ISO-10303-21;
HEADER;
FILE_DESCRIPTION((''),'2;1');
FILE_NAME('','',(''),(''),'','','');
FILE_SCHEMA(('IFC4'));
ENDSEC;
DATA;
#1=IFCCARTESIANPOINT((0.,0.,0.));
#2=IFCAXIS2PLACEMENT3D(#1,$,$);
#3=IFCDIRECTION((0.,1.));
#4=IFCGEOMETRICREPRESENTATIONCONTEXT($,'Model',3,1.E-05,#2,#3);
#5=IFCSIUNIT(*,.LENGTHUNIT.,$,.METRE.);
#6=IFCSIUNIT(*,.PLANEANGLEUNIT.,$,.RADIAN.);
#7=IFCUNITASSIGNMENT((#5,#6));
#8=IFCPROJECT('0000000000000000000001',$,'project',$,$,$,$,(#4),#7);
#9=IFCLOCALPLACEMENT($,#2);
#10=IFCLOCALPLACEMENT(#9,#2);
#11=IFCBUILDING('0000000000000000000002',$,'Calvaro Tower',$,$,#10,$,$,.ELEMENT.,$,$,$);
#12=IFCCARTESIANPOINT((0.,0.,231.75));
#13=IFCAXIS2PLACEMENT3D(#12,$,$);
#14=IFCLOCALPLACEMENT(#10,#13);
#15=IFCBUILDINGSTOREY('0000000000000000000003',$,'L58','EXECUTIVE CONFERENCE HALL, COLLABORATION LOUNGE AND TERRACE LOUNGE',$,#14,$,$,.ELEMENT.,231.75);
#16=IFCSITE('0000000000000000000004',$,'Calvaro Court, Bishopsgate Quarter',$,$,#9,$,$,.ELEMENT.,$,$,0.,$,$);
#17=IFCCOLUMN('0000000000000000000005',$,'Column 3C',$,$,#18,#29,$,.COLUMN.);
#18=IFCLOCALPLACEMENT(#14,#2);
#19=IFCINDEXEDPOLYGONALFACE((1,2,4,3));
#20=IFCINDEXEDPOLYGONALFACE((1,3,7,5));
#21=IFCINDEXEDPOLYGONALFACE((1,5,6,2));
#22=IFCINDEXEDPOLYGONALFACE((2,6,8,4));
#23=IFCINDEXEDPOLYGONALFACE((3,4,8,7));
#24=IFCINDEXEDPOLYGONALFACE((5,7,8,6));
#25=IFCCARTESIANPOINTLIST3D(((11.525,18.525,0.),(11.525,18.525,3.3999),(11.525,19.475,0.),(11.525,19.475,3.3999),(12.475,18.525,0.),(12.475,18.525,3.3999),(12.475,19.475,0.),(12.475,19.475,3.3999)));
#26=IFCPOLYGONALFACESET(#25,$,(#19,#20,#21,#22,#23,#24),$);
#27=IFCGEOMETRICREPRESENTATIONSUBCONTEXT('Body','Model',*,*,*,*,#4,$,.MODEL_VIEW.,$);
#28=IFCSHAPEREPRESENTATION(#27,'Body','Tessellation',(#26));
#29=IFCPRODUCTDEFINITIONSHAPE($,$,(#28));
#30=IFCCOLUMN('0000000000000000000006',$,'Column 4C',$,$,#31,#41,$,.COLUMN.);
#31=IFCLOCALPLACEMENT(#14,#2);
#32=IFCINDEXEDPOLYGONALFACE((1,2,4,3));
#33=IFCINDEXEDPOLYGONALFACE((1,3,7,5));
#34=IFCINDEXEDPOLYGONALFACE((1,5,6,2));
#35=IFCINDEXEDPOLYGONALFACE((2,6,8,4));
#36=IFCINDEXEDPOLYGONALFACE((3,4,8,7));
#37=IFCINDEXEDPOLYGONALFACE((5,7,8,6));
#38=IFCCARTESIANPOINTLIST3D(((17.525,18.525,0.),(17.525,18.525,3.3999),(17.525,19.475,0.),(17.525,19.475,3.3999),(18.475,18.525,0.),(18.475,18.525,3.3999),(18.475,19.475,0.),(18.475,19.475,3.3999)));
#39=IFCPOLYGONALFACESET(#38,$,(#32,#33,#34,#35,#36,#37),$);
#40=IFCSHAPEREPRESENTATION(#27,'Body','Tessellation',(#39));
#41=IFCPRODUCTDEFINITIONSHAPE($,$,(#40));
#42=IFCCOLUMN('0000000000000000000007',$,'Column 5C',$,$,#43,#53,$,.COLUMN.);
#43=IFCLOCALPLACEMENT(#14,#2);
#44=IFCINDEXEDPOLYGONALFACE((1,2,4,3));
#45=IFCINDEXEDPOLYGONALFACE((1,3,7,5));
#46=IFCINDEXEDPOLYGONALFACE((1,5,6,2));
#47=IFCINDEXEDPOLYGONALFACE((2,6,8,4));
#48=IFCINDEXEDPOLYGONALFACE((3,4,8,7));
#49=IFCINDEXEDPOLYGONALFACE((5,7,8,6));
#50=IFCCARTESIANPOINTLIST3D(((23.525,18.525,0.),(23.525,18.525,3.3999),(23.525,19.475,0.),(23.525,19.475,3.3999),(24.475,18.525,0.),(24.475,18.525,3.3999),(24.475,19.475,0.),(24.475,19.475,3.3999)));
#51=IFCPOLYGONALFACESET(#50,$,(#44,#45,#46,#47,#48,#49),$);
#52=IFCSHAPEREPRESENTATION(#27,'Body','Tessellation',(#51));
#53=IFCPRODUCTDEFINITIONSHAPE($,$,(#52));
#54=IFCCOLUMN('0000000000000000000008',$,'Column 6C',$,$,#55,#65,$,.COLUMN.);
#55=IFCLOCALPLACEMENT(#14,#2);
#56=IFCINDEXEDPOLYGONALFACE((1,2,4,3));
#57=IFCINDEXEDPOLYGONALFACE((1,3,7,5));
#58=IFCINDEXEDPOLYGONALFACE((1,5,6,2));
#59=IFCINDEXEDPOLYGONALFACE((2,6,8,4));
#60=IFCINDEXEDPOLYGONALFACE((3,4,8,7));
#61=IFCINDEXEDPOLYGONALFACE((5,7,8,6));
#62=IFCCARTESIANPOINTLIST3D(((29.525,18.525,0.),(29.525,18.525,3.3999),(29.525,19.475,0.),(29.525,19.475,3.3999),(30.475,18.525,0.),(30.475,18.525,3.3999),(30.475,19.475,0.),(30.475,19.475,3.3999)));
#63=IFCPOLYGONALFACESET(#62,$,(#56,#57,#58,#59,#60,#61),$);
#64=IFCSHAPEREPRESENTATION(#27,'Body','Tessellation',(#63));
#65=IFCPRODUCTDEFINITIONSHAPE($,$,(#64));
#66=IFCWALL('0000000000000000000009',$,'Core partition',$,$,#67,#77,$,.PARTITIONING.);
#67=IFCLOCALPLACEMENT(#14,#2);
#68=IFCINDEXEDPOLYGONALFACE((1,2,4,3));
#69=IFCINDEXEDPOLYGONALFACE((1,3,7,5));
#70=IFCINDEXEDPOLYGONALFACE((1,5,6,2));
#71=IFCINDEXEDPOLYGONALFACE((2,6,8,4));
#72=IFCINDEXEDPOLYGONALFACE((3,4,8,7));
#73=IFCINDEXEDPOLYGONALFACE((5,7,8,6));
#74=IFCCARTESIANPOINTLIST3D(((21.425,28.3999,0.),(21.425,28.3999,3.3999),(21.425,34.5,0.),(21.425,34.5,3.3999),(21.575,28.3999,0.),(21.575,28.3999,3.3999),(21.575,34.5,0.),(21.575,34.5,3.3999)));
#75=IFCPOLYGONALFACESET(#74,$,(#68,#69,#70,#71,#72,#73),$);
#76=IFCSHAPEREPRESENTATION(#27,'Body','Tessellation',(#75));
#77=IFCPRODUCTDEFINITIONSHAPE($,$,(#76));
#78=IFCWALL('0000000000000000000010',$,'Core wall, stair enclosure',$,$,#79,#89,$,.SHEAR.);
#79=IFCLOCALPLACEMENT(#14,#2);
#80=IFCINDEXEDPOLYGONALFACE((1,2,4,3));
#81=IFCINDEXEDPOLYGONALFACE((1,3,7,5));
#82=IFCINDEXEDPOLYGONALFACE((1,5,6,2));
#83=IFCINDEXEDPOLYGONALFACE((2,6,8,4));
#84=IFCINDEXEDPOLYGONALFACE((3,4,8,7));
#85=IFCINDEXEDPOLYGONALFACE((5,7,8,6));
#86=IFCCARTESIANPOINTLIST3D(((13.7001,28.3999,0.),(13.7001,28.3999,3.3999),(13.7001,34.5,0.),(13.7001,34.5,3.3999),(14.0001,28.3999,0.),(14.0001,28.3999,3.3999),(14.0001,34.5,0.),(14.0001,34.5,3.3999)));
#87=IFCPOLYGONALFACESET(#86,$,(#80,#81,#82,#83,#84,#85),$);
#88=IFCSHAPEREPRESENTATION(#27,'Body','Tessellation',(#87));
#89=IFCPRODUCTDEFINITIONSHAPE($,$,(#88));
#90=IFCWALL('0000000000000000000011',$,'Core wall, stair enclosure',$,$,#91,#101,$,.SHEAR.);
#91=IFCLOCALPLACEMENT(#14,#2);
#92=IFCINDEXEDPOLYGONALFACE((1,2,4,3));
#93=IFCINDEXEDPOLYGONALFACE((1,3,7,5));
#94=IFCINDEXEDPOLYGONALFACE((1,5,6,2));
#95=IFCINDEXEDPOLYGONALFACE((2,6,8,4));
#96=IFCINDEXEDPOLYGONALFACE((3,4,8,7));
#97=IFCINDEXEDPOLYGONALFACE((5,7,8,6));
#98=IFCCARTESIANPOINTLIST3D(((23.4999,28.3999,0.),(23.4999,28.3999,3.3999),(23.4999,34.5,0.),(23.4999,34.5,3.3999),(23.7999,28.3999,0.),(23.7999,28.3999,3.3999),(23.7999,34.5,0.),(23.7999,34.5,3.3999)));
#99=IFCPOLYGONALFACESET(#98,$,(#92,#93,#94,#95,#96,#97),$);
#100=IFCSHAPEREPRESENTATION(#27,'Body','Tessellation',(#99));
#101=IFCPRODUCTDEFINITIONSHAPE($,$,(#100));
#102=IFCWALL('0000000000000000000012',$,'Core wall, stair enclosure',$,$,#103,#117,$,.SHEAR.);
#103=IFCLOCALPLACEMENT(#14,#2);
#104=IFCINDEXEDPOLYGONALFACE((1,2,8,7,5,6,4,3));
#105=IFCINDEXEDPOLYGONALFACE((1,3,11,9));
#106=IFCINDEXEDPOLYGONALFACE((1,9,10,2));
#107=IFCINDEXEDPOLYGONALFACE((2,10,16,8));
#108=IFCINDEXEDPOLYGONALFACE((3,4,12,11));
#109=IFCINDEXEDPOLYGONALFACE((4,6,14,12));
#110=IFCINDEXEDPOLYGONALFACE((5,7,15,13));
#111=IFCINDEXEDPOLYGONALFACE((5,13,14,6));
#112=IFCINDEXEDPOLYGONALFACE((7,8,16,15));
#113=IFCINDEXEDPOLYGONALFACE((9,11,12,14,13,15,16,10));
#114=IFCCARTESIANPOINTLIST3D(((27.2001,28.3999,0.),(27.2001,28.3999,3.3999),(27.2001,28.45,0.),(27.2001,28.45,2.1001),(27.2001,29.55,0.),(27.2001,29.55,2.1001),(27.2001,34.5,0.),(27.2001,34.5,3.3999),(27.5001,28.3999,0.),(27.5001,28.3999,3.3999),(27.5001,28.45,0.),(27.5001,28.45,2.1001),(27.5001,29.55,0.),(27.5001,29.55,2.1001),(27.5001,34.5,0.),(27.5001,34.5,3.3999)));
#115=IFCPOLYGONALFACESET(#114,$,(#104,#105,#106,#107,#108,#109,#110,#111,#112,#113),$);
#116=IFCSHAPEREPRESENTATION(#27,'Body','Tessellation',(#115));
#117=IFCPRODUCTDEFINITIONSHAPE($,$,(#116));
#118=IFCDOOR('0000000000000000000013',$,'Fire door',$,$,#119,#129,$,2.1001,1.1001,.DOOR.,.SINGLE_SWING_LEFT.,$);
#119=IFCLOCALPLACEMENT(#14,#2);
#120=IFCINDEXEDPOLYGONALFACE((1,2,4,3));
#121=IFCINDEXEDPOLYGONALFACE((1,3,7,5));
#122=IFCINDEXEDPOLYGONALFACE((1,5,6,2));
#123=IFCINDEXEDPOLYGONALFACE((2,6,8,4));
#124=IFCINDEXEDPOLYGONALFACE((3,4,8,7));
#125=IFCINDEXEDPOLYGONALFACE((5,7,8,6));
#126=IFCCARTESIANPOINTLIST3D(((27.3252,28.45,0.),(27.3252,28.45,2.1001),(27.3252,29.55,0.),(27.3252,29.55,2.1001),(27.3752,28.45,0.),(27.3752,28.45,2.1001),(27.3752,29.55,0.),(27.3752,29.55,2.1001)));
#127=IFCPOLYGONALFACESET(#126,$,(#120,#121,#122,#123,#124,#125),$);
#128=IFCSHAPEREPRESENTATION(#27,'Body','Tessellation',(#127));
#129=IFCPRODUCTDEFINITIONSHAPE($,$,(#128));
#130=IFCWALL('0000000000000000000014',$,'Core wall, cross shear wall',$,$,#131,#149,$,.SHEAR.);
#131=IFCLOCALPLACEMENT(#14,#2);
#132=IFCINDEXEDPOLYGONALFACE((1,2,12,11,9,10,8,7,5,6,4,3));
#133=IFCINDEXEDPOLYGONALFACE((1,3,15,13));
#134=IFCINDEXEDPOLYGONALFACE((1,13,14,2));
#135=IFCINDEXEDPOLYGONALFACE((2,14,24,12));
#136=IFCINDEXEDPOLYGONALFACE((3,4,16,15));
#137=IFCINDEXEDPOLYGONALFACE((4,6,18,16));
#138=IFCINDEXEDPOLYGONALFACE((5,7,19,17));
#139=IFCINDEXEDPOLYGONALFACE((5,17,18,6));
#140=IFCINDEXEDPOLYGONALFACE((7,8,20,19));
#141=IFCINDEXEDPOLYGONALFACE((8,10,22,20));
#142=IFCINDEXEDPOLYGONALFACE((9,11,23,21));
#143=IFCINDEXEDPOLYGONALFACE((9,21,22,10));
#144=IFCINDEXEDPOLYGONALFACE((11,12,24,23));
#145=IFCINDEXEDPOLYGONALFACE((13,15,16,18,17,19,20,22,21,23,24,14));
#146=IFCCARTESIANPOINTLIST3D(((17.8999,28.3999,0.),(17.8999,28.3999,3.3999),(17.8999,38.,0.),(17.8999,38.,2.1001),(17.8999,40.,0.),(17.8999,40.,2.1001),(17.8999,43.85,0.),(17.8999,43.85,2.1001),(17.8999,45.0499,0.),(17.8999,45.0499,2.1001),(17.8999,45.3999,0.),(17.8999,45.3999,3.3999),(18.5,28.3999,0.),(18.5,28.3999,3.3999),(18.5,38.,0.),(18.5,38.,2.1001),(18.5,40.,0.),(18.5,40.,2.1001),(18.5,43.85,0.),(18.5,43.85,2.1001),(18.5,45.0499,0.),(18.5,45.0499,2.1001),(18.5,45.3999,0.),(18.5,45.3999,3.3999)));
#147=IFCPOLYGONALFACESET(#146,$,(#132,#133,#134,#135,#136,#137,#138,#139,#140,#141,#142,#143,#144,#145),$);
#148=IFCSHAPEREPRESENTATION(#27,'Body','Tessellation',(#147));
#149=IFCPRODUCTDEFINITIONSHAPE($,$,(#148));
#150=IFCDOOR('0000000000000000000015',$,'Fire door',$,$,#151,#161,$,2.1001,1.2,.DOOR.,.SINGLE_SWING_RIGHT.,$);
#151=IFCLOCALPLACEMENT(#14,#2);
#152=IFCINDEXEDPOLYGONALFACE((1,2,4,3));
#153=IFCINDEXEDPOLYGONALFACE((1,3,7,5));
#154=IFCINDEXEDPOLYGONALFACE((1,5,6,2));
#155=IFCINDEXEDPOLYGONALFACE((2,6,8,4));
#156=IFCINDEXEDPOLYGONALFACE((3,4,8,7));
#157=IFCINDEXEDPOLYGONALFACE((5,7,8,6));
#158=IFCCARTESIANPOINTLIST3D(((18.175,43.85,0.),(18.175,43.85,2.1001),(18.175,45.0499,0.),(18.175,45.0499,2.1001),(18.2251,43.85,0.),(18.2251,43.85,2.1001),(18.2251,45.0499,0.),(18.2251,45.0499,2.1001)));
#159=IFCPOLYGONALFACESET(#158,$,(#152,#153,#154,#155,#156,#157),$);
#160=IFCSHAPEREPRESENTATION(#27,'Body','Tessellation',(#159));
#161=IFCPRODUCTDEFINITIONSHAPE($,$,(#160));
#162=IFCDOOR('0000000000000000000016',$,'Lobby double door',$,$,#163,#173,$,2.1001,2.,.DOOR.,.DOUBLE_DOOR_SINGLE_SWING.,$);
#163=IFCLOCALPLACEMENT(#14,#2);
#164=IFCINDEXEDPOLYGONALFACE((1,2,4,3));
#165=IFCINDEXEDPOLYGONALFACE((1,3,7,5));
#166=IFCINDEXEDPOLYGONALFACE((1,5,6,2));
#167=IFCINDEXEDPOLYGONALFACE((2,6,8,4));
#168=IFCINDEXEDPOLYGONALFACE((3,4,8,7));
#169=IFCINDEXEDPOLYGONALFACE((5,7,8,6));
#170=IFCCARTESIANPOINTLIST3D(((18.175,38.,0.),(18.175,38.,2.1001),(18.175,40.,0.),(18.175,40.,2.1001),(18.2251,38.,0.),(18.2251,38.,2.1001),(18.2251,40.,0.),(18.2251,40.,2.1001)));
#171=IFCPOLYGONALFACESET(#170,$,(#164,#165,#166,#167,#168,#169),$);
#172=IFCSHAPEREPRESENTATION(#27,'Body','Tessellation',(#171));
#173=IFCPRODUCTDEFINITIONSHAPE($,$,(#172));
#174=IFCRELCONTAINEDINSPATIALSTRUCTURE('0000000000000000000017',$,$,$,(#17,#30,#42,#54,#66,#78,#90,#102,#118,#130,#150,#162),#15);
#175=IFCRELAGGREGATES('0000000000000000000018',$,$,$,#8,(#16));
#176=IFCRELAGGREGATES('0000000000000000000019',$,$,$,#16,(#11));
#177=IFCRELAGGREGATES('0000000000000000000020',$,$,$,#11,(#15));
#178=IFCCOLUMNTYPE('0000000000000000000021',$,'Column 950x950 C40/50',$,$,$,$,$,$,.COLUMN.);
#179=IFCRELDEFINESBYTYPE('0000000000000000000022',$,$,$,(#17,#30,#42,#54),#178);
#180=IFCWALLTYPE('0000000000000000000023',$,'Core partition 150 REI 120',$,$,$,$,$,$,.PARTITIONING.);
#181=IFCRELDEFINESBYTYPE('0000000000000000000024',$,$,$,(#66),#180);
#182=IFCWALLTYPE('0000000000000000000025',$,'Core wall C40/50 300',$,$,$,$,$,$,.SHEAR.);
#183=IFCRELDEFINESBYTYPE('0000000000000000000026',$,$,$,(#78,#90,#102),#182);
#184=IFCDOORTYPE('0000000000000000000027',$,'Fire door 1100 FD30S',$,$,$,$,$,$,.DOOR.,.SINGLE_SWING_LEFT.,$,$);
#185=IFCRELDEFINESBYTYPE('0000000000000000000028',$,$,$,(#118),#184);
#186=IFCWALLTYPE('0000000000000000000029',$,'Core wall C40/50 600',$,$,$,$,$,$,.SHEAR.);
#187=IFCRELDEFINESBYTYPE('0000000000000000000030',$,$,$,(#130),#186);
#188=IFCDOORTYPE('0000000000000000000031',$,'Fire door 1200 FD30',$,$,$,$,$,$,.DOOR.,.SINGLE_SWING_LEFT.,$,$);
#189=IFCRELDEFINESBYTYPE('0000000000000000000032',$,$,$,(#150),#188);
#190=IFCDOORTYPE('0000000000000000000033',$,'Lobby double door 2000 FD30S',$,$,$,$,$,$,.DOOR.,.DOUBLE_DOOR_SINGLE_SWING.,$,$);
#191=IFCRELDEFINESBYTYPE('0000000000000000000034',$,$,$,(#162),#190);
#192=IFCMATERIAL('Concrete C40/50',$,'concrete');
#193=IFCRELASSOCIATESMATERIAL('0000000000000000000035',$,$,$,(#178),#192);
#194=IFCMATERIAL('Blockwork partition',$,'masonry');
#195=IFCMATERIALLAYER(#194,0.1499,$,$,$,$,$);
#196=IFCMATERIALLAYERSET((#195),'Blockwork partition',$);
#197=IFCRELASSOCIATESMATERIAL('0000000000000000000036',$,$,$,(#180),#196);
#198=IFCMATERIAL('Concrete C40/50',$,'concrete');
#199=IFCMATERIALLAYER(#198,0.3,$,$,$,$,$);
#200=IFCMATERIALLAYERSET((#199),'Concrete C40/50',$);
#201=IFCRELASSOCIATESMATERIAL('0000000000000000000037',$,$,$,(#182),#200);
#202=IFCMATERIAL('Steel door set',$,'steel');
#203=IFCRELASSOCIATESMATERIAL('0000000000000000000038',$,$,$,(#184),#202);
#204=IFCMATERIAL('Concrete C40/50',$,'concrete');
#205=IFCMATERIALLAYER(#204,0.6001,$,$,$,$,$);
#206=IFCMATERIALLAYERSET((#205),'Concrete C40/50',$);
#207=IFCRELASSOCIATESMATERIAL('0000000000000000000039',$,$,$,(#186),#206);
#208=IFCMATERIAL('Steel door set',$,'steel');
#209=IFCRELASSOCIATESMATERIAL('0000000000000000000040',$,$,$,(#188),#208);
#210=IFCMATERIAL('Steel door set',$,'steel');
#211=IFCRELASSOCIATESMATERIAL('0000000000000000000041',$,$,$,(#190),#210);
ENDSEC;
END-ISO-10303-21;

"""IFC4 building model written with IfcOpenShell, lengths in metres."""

from ifc_helpers import new_model, si_unit, direction, frame, frame_2d, origin, origin_2d, place, context, subcontext, project, spatial, rectangle, extrude, material, layer, layer_set, material_profile, profile_set, type_object, element, fill, save


model = new_model("IFC4")

# Units and contexts
model_context = context("Model", 3, precision=1e-05, world=origin(), true_north=direction((0.0, 1.0)))
body_context = subcontext(model_context, "Body", "Model", "MODEL_VIEW")
ifc_project = project(units=[si_unit("LENGTHUNIT", "METRE"), si_unit("PLANEANGLEUNIT", "RADIAN")], contexts=[model_context])

# Site, building, storey
site_placement = place(None, origin())
site = spatial("IfcSite", under=ifc_project, at=site_placement, Name="Calvaro Court, Bishopsgate Quarter", CompositionType="ELEMENT", RefElevation=0.0)
building_placement = place(site_placement, origin())
building = spatial("IfcBuilding", under=site, at=building_placement, Name="Calvaro Tower", CompositionType="ELEMENT")
storey_placement = place(building_placement, frame((0.0, 0.0, 231.75)))
storey = spatial("IfcBuildingStorey", under=building, at=storey_placement, Name="L58", Description="EXECUTIVE CONFERENCE HALL, COLLABORATION LOUNGE AND TERRACE LOUNGE", CompositionType="ELEMENT", Elevation=231.75)

# Columns
ifc_material_1 = material(Name="Concrete C40/50", Category="concrete")
ifc_material_profile = material_profile(ifc_material_1, rectangle(XDim=0.95, YDim=0.95, at=origin_2d()), Name="RC 950x950")
ifc_profile_set = profile_set([ifc_material_profile], Name="Concrete C40/50")
column_type = type_object("IfcColumnType", Name="Column 950x950 C40/50", PredefinedType="COLUMN", material=ifc_profile_set)
for number, where, z_axis, x_axis, name in (
    (1, (12.0, 19.0, 0.0), (0.0, 0.0, 1.0), (1.0, 0.0, 0.0), "Column 3C"),
    (2, (18.0, 19.0, 0.0), (0.0, 0.0, 1.0), (1.0, 0.0, 0.0), "Column 4C"),
    (3, (24.0, 19.0, 0.0), (0.0, 0.0, 1.0), (1.0, 0.0, 0.0), "Column 5C"),
    (4, (30.0, 19.0, 0.0), (0.0, 0.0, 1.0), (1.0, 0.0, 0.0), "Column 6C"),
):
    element("IfcColumn", number, at=place(storey_placement, frame(where, z_axis=z_axis, x_axis=x_axis)), inside=storey, type_object=column_type, Name=name, PredefinedType="COLUMN", context=body_context, shape_type="SweptSolid", body=[
        extrude(rectangle(XDim=0.95, YDim=0.95, at=origin_2d()), origin(), (0.0, 0.0, 1.0), 3.3999),
    ])

# Walls
ifc_material_2 = material(Name="Blockwork partition", Category="masonry")
ifc_layer_1 = layer(ifc_material_2, 0.1499)
ifc_layer_set_1 = layer_set([ifc_layer_1], Name="Blockwork partition")
wall_type_1 = type_object("IfcWallType", Name="Core partition 150 REI 120", PredefinedType="PARTITIONING", material=ifc_layer_set_1)
wall_1_placement = place(storey_placement, frame((21.5, 28.3999, 0.0), z_axis=(0.0, 0.0, 1.0), x_axis=(0.0, 1.0, 0.0)))
element("IfcWall", 5, at=wall_1_placement, inside=storey, type_object=wall_type_1, Name="Core partition", PredefinedType="PARTITIONING", context=body_context, shape_type="SweptSolid", body=[
    extrude(rectangle(XDim=6.1001, YDim=0.1499, at=frame_2d((3.05, 0.0))), origin(), (0.0, 0.0, 1.0), 3.3999),
])
ifc_material_3 = material(Name="Concrete C40/50", Category="concrete")
ifc_layer_2 = layer(ifc_material_3, 0.3)
ifc_layer_set_2 = layer_set([ifc_layer_2], Name="Concrete C40/50")
wall_type_2 = type_object("IfcWallType", Name="Core wall C40/50 300", PredefinedType="SHEAR", material=ifc_layer_set_2)
for number, where, z_axis, x_axis, name in (
    (6, (13.8501, 28.3999, 0.0), (0.0, 0.0, 1.0), (0.0, 1.0, 0.0), "Core wall, stair enclosure"),
    (7, (23.6499, 28.3999, 0.0), (0.0, 0.0, 1.0), (0.0, 1.0, 0.0), "Core wall, stair enclosure"),
):
    element("IfcWall", number, at=place(storey_placement, frame(where, z_axis=z_axis, x_axis=x_axis)), inside=storey, type_object=wall_type_2, Name=name, PredefinedType="SHEAR", context=body_context, shape_type="SweptSolid", body=[
        extrude(rectangle(XDim=6.1001, YDim=0.3, at=frame_2d((3.05, 0.0))), origin(), (0.0, 0.0, 1.0), 3.3999),
    ])

# Wall, opening, door
wall_2_placement = place(storey_placement, frame((27.3501, 28.3999, 0.0), z_axis=(0.0, 0.0, 1.0), x_axis=(0.0, 1.0, 0.0)))
wall_2 = element("IfcWall", 8, at=wall_2_placement, inside=storey, type_object=wall_type_2, Name="Core wall, stair enclosure", PredefinedType="SHEAR", context=body_context, shape_type="SweptSolid", body=[
    extrude(rectangle(XDim=6.1001, YDim=0.3, at=frame_2d((3.05, 0.0))), origin(), (0.0, 0.0, 1.0), 3.3999),
])
opening_1_placement = place(wall_2_placement, frame((0.05, 0.0, 0.0)))
opening_1 = element("IfcOpeningElement", 9, at=opening_1_placement, cuts=wall_2, PredefinedType="OPENING", context=body_context, shape_type="SweptSolid", body=[
    extrude(rectangle(XDim=1.1001, YDim=2.1001, at=frame_2d((0.55, 1.05))), frame((0.0, 0.1599, 0.0), z_axis=(0.0, -1.0, 0.0), x_axis=(1.0, 0.0, 0.0)), (0.0, 0.0, 1.0), 0.3201),
])
ifc_material_4 = material(Name="Steel door set", Category="steel")
door_type_1 = type_object("IfcDoorType", Name="Fire door 1100 FD30S", OperationType="SINGLE_SWING_LEFT", PredefinedType="DOOR", material=ifc_material_4)
door_1_placement = place(opening_1_placement, origin())
door_1 = element("IfcDoor", 10, at=door_1_placement, inside=storey, type_object=door_type_1, Name="Fire door", OperationType="SINGLE_SWING_LEFT", OverallHeight=2.1001, OverallWidth=1.1001, PredefinedType="DOOR", context=body_context, shape_type="SweptSolid", body=[
    extrude(rectangle(XDim=1.1001, YDim=2.1001, at=frame_2d((0.55, 1.05))), frame((0.0, 0.0249, 0.0), z_axis=(0.0, -1.0, 0.0), x_axis=(1.0, 0.0, 0.0)), (0.0, 0.0, 1.0), 0.05),
])
fill(opening_1, door_1)

# Wall, openings, doors
ifc_material_5 = material(Name="Concrete C40/50", Category="concrete")
ifc_layer_3 = layer(ifc_material_5, 0.6001)
ifc_layer_set_3 = layer_set([ifc_layer_3], Name="Concrete C40/50")
wall_type_3 = type_object("IfcWallType", Name="Core wall C40/50 600", PredefinedType="SHEAR", material=ifc_layer_set_3)
wall_3_placement = place(storey_placement, frame((18.2, 28.3999, 0.0), z_axis=(0.0, 0.0, 1.0), x_axis=(0.0, 1.0, 0.0)))
wall_3 = element("IfcWall", 11, at=wall_3_placement, inside=storey, type_object=wall_type_3, Name="Core wall, cross shear wall", PredefinedType="SHEAR", context=body_context, shape_type="SweptSolid", body=[
    extrude(rectangle(XDim=17.0, YDim=0.6001, at=frame_2d((8.5, 0.0))), origin(), (0.0, 0.0, 1.0), 3.3999),
])
opening_2_placement = place(wall_3_placement, frame((9.6001, 0.0, 0.0)))
opening_2 = element("IfcOpeningElement", 12, at=opening_2_placement, cuts=wall_3, PredefinedType="OPENING", context=body_context, shape_type="SweptSolid", body=[
    extrude(rectangle(XDim=2.0, YDim=2.1001, at=frame_2d((1.0, 1.05))), frame((0.0, 0.3101, 0.0), z_axis=(0.0, -1.0, 0.0), x_axis=(1.0, 0.0, 0.0)), (0.0, 0.0, 1.0), 0.6201),
])
opening_3_placement = place(wall_3_placement, frame((15.45, 0.0, 0.0)))
opening_3 = element("IfcOpeningElement", 13, at=opening_3_placement, cuts=wall_3, PredefinedType="OPENING", context=body_context, shape_type="SweptSolid", body=[
    extrude(rectangle(XDim=1.2, YDim=2.1001, at=frame_2d((0.6001, 1.05))), frame((0.0, 0.3101, 0.0), z_axis=(0.0, -1.0, 0.0), x_axis=(1.0, 0.0, 0.0)), (0.0, 0.0, 1.0), 0.6201),
])
ifc_material_6 = material(Name="Steel door set", Category="steel")
door_type_2 = type_object("IfcDoorType", Name="Fire door 1200 FD30", OperationType="SINGLE_SWING_LEFT", PredefinedType="DOOR", material=ifc_material_6)
door_2_placement = place(opening_3_placement, origin())
door_2 = element("IfcDoor", 14, at=door_2_placement, inside=storey, type_object=door_type_2, Name="Fire door", OperationType="SINGLE_SWING_RIGHT", OverallHeight=2.1001, OverallWidth=1.2, PredefinedType="DOOR", context=body_context, shape_type="SweptSolid", body=[
    extrude(rectangle(XDim=1.2, YDim=2.1001, at=frame_2d((0.6001, 1.05))), frame((0.0, 0.0249, 0.0), z_axis=(0.0, -1.0, 0.0), x_axis=(1.0, 0.0, 0.0)), (0.0, 0.0, 1.0), 0.05),
])
fill(opening_3, door_2)
ifc_material_7 = material(Name="Steel door set", Category="steel")
door_type_3 = type_object("IfcDoorType", Name="Lobby double door 2000 FD30S", OperationType="DOUBLE_DOOR_SINGLE_SWING", PredefinedType="DOOR", material=ifc_material_7)
door_3_placement = place(opening_2_placement, origin())
door_3 = element("IfcDoor", 15, at=door_3_placement, inside=storey, type_object=door_type_3, Name="Lobby double door", OperationType="DOUBLE_DOOR_SINGLE_SWING", OverallHeight=2.1001, OverallWidth=2.0, PredefinedType="DOOR", context=body_context, shape_type="SweptSolid", body=[
    extrude(rectangle(XDim=2.0, YDim=2.1001, at=frame_2d((1.0, 1.05))), frame((0.0, 0.0249, 0.0), z_axis=(0.0, -1.0, 0.0), x_axis=(1.0, 0.0, 0.0)), (0.0, 0.0, 1.0), 0.05),
])
fill(opening_2, door_3)

save(model, "model.ifc")
